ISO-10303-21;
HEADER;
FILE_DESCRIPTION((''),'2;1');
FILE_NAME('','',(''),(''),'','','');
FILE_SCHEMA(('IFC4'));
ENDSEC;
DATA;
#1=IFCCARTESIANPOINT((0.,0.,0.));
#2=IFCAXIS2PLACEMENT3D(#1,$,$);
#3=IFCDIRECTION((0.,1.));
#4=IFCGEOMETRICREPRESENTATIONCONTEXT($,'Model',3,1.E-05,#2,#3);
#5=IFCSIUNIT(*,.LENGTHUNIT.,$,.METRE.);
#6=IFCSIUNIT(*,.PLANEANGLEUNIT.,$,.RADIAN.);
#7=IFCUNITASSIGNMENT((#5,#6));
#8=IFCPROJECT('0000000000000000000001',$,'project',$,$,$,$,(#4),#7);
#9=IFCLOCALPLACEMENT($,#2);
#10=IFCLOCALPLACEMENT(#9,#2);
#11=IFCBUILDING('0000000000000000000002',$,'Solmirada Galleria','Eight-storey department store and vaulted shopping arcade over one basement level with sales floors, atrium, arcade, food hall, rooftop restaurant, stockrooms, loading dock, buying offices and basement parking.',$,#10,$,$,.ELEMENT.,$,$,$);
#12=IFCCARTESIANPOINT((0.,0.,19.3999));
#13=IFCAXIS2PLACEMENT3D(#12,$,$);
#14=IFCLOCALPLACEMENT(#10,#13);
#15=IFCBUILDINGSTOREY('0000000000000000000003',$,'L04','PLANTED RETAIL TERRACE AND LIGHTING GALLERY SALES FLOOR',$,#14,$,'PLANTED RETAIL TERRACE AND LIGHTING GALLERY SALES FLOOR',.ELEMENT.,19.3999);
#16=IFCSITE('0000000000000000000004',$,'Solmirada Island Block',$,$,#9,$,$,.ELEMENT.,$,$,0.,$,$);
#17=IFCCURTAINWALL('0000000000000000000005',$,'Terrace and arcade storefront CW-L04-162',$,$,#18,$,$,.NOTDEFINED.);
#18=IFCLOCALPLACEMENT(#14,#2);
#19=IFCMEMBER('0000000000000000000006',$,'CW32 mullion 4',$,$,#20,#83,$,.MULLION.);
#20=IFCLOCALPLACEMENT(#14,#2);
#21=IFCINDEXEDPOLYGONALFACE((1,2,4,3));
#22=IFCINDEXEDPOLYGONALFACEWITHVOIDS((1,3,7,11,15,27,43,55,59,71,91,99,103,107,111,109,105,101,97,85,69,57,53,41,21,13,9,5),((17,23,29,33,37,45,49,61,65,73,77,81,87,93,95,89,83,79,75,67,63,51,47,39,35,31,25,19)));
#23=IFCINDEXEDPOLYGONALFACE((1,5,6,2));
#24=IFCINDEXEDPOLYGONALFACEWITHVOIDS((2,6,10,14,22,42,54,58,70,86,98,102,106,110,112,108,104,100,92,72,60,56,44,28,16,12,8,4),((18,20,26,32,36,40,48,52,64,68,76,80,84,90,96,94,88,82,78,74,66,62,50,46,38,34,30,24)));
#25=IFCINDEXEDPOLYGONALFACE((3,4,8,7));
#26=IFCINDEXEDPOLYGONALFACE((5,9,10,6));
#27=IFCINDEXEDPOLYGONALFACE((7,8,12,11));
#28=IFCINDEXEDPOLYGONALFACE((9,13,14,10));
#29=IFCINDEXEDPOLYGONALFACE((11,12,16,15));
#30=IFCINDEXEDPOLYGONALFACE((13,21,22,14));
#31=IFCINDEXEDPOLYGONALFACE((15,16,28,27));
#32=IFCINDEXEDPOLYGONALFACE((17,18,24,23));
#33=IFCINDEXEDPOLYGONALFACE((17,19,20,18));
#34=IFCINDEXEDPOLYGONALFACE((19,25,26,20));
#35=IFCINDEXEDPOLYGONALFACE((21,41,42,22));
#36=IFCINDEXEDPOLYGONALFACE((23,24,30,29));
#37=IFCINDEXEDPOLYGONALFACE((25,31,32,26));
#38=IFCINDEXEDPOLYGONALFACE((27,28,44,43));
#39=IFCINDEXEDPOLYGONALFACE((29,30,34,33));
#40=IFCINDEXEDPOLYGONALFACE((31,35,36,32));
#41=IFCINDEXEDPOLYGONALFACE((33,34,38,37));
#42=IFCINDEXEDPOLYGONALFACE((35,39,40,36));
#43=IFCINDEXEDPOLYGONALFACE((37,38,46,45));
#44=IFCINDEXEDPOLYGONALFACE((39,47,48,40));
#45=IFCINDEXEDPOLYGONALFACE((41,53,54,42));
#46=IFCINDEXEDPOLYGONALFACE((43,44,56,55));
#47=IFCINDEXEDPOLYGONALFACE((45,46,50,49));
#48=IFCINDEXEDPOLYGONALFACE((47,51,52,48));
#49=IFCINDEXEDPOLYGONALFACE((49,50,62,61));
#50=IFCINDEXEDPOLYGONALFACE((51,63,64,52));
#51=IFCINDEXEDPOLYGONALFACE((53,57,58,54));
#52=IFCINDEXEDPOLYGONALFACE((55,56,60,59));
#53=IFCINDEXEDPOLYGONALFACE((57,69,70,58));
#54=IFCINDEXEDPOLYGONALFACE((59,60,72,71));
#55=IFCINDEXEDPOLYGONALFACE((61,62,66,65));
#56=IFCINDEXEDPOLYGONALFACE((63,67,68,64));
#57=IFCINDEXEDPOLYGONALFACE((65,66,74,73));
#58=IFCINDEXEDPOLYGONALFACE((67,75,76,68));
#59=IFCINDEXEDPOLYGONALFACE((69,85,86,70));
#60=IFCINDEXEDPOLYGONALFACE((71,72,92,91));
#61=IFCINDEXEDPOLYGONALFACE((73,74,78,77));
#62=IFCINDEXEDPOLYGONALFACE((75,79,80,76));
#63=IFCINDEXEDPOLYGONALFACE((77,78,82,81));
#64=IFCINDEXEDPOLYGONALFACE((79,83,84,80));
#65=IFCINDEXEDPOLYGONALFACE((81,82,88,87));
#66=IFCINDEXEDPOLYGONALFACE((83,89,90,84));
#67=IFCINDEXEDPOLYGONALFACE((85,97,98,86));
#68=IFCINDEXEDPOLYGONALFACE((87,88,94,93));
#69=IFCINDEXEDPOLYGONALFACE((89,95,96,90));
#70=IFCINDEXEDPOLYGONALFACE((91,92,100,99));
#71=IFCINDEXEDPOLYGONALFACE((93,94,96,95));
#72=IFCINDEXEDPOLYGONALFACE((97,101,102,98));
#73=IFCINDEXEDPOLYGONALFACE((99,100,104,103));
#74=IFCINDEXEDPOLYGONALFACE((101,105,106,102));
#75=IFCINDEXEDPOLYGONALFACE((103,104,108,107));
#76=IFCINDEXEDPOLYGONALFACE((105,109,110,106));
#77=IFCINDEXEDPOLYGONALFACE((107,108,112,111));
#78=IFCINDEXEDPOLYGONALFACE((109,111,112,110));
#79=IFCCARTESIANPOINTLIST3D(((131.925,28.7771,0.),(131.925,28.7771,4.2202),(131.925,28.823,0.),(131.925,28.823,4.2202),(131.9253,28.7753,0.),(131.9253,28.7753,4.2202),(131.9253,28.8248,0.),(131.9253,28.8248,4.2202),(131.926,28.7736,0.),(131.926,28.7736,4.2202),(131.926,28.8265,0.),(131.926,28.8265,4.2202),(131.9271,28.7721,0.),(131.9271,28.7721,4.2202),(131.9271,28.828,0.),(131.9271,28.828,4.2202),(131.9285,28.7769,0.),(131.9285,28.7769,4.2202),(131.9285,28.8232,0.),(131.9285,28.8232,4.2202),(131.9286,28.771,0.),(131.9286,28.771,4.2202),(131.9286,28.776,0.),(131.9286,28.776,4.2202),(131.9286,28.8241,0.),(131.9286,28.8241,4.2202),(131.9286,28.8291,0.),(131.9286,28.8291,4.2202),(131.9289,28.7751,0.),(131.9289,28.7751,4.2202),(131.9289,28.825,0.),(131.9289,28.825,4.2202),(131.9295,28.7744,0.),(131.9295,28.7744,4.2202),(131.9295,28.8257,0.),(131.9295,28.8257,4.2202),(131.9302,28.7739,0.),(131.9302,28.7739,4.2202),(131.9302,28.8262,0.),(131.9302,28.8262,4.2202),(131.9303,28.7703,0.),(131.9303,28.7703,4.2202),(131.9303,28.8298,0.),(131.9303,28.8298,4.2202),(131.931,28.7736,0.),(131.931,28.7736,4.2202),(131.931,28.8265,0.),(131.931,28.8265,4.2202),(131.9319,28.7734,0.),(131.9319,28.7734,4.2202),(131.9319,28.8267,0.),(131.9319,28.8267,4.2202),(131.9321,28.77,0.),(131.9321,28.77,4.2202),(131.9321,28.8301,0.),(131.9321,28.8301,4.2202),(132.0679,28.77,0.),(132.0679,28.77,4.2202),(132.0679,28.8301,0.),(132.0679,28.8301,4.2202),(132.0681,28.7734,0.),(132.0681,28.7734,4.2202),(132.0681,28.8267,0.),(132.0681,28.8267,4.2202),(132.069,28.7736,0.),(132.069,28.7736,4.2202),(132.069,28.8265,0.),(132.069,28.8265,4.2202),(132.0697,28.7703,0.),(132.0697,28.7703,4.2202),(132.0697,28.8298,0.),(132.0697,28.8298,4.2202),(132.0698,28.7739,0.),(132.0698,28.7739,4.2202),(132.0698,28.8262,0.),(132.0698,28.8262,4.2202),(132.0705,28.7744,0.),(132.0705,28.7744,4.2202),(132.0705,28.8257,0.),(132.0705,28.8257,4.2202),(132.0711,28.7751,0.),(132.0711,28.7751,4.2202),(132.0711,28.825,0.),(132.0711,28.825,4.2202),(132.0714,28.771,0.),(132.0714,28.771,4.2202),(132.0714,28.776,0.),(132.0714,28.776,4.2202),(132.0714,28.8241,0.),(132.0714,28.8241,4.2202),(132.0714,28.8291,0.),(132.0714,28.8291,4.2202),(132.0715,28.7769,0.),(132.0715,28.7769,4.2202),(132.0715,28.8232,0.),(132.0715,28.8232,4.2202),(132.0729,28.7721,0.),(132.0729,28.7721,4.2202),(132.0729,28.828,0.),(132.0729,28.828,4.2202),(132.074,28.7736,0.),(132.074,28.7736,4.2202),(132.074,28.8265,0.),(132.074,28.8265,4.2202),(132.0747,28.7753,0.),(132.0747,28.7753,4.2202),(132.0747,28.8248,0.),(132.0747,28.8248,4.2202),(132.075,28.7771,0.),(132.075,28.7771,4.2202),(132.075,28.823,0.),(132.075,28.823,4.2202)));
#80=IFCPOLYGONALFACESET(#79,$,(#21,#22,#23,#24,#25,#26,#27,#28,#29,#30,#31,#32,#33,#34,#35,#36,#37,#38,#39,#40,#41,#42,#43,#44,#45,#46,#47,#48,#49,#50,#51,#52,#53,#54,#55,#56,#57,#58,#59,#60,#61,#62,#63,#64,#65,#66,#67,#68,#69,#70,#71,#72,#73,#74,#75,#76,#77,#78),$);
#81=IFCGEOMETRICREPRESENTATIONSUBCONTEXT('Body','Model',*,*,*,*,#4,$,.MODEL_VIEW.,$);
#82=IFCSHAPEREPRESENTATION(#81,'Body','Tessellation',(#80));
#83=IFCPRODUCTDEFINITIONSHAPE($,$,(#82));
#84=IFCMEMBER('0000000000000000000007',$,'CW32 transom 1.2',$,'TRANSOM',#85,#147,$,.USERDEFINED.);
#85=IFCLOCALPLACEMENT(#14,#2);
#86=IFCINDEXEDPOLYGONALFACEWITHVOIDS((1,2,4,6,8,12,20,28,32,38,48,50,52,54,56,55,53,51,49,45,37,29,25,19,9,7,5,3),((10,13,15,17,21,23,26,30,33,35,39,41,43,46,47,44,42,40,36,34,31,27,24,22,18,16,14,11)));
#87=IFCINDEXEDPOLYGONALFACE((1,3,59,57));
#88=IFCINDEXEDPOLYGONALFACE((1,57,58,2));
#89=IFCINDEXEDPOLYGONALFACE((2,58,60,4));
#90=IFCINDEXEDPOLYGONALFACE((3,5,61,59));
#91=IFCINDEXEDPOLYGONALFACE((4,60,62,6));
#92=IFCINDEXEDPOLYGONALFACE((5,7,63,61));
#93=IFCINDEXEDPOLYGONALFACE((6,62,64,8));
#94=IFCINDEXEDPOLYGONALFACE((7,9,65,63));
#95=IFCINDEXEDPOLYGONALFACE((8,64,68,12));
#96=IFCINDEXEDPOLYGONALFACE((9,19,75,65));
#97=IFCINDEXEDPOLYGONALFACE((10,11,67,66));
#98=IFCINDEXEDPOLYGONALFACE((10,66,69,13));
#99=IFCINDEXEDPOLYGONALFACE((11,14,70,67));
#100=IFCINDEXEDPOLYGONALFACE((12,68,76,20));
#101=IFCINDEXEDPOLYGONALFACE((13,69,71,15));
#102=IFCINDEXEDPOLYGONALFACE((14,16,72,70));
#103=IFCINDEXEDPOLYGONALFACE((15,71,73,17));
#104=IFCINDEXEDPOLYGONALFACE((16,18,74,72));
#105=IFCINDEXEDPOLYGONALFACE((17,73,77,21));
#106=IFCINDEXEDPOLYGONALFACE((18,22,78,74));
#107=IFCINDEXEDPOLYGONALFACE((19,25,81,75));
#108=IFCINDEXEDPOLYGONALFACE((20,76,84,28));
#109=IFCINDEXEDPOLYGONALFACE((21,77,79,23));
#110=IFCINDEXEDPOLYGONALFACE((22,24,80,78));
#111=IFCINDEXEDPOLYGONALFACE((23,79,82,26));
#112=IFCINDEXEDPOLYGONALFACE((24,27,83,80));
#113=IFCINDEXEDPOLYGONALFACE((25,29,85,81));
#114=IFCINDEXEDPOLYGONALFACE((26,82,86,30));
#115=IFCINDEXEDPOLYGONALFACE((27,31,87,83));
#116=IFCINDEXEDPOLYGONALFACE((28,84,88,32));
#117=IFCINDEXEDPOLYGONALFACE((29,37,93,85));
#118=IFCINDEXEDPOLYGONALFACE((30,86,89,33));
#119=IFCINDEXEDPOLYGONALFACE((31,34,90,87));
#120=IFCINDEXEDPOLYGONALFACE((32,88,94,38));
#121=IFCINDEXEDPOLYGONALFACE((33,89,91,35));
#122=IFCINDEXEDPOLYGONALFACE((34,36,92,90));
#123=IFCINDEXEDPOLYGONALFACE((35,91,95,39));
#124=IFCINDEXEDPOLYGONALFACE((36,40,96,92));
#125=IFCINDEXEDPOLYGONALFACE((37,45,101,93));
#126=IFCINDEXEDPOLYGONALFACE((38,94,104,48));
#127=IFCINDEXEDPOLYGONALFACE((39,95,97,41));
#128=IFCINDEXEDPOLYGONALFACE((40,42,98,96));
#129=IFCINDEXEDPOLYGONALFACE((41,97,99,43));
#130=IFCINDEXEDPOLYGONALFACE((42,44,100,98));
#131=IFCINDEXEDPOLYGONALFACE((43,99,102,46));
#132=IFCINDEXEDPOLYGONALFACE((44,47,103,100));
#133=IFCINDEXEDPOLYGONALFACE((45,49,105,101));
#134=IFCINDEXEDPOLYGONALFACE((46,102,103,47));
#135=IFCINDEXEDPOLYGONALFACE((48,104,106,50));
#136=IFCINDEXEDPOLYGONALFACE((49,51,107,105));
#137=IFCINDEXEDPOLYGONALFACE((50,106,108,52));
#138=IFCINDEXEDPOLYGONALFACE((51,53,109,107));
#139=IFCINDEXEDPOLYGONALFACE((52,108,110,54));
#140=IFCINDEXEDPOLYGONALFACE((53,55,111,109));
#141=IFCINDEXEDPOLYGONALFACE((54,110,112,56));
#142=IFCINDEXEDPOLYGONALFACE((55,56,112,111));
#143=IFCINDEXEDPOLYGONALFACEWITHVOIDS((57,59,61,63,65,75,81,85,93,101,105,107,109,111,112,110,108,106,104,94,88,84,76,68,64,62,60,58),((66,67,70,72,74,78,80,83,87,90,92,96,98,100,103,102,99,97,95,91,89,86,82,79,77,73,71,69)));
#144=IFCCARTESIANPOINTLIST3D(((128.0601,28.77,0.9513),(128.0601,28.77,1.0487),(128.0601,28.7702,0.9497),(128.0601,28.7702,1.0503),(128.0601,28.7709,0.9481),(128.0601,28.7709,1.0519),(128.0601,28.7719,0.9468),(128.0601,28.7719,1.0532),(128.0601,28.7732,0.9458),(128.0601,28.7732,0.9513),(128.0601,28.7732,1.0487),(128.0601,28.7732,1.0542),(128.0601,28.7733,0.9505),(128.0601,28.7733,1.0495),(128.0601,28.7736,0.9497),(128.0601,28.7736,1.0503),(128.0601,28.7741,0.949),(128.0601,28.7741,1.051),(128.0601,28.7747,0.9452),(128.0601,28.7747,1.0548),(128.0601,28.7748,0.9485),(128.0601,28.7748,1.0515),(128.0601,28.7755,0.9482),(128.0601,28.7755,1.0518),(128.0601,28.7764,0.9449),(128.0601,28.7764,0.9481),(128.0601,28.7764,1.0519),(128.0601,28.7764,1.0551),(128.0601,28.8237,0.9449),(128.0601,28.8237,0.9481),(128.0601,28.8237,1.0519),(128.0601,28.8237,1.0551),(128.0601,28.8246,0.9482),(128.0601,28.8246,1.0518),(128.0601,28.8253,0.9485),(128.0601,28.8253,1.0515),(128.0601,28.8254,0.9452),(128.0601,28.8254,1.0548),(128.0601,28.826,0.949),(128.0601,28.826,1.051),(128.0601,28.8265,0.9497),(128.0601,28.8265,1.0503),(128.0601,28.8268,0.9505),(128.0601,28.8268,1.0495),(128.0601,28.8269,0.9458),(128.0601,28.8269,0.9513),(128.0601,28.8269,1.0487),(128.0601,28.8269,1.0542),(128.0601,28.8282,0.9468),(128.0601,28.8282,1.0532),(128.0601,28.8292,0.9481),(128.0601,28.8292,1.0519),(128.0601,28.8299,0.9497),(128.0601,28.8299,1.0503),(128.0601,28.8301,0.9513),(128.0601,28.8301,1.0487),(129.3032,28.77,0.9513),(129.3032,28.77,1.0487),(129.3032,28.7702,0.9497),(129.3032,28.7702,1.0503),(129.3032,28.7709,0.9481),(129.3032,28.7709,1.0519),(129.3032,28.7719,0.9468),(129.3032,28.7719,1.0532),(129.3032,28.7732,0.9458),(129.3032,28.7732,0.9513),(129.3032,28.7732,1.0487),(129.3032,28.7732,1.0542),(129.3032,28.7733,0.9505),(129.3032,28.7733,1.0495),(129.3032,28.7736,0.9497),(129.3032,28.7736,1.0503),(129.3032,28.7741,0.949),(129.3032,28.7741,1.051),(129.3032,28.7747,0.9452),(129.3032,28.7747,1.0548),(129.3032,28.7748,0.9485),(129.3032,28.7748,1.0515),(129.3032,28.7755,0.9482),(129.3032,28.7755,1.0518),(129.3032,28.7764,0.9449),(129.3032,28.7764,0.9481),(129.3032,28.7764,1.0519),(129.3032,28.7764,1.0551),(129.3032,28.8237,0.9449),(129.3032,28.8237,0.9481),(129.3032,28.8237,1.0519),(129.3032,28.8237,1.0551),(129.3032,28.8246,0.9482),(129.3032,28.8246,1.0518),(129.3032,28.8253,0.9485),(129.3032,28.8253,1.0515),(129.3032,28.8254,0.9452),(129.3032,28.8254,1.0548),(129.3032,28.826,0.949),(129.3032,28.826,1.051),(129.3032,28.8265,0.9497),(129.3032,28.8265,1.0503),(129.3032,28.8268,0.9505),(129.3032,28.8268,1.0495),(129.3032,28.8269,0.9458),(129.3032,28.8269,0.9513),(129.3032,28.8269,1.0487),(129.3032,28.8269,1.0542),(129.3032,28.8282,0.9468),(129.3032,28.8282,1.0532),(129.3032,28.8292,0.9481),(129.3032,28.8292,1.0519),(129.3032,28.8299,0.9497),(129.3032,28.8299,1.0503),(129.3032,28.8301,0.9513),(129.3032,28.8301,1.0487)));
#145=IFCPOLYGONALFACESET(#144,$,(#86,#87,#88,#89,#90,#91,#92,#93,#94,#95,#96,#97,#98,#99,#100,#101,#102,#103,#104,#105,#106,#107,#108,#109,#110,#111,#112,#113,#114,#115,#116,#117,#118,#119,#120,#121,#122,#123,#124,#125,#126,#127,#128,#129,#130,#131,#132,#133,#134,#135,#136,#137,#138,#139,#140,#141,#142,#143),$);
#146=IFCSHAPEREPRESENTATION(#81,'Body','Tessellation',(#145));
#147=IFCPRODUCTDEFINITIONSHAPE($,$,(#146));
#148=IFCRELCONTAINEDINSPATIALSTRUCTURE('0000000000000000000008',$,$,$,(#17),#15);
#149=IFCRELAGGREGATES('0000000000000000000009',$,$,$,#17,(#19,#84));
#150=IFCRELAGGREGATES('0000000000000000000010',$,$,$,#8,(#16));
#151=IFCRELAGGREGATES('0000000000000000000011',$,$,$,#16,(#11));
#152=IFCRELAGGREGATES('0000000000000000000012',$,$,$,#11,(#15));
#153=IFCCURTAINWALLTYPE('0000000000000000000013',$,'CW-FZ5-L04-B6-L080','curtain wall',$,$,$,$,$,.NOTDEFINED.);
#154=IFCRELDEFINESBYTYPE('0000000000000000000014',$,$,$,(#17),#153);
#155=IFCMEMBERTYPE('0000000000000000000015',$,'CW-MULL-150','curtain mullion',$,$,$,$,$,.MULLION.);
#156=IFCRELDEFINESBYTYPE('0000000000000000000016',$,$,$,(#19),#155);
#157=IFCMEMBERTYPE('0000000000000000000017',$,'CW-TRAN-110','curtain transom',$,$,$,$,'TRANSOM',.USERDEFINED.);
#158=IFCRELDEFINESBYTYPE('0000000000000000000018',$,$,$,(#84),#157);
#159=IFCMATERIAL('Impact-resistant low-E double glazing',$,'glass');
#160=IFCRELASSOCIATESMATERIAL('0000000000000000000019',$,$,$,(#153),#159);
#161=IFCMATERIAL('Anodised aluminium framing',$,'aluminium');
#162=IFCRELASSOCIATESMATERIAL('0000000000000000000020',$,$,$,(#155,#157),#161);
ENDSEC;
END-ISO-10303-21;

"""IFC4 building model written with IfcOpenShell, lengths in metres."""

from ifc_helpers import new_model, si_unit, direction, frame, origin, origin_2d, place, context, subcontext, project, spatial, hollow_rectangle, extrude, material, material_profile, profile_set, type_object, element, aggregate, save


model = new_model("IFC4")

# Units and contexts
model_context = context("Model", 3, precision=1e-05, world=origin(), true_north=direction((0.0, 1.0)))
body_context = subcontext(model_context, "Body", "Model", "MODEL_VIEW")
ifc_project = project(units=[si_unit("LENGTHUNIT", "METRE"), si_unit("PLANEANGLEUNIT", "RADIAN")], contexts=[model_context])

# Site, building, storey
site_placement = place(None, origin())
site = spatial("IfcSite", under=ifc_project, at=site_placement, Name="Solmirada Island Block", CompositionType="ELEMENT", RefElevation=0.0)
building_placement = place(site_placement, origin())
building = spatial("IfcBuilding", under=site, at=building_placement, Name="Solmirada Galleria", Description="Eight-storey department store and vaulted shopping arcade over one basement level with sales floors, atrium, arcade, food hall, rooftop restaurant, stockrooms, loading dock, buying offices and basement parking.", CompositionType="ELEMENT")
storey_placement = place(building_placement, frame((0.0, 0.0, 19.3999)))
storey = spatial("IfcBuildingStorey", under=building, at=storey_placement, Name="L04", Description="PLANTED RETAIL TERRACE AND LIGHTING GALLERY SALES FLOOR", LongName="PLANTED RETAIL TERRACE AND LIGHTING GALLERY SALES FLOOR", CompositionType="ELEMENT", Elevation=19.3999)

# Curtain wall, members
ifc_material_1 = material(Name="Impact-resistant low-E double glazing", Category="glass")
curtain_wall_type = type_object("IfcCurtainWallType", Name="CW-FZ5-L04-B6-L080", Description="curtain wall", PredefinedType="NOTDEFINED", material=ifc_material_1)
curtain_wall_placement = place(storey_placement, origin())
curtain_wall = element("IfcCurtainWall", 1, at=curtain_wall_placement, inside=storey, type_object=curtain_wall_type, Name="Terrace and arcade storefront CW-L04-162", PredefinedType="NOTDEFINED")
ifc_material_2 = material(Name="Anodised aluminium framing", Category="aluminium")
ifc_material_profile_1 = material_profile(ifc_material_2, hollow_rectangle(XDim=0.0601, YDim=0.1499, WallThickness=0.0034, InnerFilletRadius=0.0034, OuterFilletRadius=0.0071, at=origin_2d()), Name="ALU-MULL-150X60")
ifc_profile_set_1 = profile_set([ifc_material_profile_1], Name="Anodised aluminium framing")
member_type_1 = type_object("IfcMemberType", Name="CW-MULL-150", Description="curtain mullion", PredefinedType="MULLION", material=ifc_profile_set_1)
member_1_placement = place(storey_placement, frame((132.0, 28.8, 0.0), z_axis=(0.0, 0.0, 1.0), x_axis=(0.0, 1.0, 0.0)))
member_1 = element("IfcMember", 2, at=member_1_placement, type_object=member_type_1, Name="CW32 mullion 4", PredefinedType="MULLION", context=body_context, shape_type="SweptSolid", body=[
    extrude(hollow_rectangle(XDim=0.0601, YDim=0.1499, WallThickness=0.0034, InnerFilletRadius=0.0034, OuterFilletRadius=0.0071, at=origin_2d()), origin(), (0.0, 0.0, 1.0), 4.2202),
])
ifc_material_profile_2 = material_profile(ifc_material_2, hollow_rectangle(XDim=0.0601, YDim=0.1101, WallThickness=0.0032, InnerFilletRadius=0.0032, OuterFilletRadius=0.0063, at=origin_2d()), Name="ALU-TRAN-110X60")
ifc_profile_set_2 = profile_set([ifc_material_profile_2], Name="Anodised aluminium framing")
member_type_2 = type_object("IfcMemberType", Name="CW-TRAN-110", Description="curtain transom", ElementType="TRANSOM", PredefinedType="USERDEFINED", material=ifc_profile_set_2)
member_2_placement = place(storey_placement, frame((128.0601, 28.8, 1.0), z_axis=(1.0, 0.0, 0.0), x_axis=(0.0, 1.0, 0.0)))
member_2 = element("IfcMember", 3, at=member_2_placement, type_object=member_type_2, Name="CW32 transom 1.2", ObjectType="TRANSOM", PredefinedType="USERDEFINED", context=body_context, shape_type="SweptSolid", body=[
    extrude(hollow_rectangle(XDim=0.0601, YDim=0.1101, WallThickness=0.0032, InnerFilletRadius=0.0032, OuterFilletRadius=0.0063, at=origin_2d()), origin(), (0.0, 0.0, 1.0), 1.2432),
])
aggregate(curtain_wall, [member_1, member_2])

save(model, "model.ifc")
